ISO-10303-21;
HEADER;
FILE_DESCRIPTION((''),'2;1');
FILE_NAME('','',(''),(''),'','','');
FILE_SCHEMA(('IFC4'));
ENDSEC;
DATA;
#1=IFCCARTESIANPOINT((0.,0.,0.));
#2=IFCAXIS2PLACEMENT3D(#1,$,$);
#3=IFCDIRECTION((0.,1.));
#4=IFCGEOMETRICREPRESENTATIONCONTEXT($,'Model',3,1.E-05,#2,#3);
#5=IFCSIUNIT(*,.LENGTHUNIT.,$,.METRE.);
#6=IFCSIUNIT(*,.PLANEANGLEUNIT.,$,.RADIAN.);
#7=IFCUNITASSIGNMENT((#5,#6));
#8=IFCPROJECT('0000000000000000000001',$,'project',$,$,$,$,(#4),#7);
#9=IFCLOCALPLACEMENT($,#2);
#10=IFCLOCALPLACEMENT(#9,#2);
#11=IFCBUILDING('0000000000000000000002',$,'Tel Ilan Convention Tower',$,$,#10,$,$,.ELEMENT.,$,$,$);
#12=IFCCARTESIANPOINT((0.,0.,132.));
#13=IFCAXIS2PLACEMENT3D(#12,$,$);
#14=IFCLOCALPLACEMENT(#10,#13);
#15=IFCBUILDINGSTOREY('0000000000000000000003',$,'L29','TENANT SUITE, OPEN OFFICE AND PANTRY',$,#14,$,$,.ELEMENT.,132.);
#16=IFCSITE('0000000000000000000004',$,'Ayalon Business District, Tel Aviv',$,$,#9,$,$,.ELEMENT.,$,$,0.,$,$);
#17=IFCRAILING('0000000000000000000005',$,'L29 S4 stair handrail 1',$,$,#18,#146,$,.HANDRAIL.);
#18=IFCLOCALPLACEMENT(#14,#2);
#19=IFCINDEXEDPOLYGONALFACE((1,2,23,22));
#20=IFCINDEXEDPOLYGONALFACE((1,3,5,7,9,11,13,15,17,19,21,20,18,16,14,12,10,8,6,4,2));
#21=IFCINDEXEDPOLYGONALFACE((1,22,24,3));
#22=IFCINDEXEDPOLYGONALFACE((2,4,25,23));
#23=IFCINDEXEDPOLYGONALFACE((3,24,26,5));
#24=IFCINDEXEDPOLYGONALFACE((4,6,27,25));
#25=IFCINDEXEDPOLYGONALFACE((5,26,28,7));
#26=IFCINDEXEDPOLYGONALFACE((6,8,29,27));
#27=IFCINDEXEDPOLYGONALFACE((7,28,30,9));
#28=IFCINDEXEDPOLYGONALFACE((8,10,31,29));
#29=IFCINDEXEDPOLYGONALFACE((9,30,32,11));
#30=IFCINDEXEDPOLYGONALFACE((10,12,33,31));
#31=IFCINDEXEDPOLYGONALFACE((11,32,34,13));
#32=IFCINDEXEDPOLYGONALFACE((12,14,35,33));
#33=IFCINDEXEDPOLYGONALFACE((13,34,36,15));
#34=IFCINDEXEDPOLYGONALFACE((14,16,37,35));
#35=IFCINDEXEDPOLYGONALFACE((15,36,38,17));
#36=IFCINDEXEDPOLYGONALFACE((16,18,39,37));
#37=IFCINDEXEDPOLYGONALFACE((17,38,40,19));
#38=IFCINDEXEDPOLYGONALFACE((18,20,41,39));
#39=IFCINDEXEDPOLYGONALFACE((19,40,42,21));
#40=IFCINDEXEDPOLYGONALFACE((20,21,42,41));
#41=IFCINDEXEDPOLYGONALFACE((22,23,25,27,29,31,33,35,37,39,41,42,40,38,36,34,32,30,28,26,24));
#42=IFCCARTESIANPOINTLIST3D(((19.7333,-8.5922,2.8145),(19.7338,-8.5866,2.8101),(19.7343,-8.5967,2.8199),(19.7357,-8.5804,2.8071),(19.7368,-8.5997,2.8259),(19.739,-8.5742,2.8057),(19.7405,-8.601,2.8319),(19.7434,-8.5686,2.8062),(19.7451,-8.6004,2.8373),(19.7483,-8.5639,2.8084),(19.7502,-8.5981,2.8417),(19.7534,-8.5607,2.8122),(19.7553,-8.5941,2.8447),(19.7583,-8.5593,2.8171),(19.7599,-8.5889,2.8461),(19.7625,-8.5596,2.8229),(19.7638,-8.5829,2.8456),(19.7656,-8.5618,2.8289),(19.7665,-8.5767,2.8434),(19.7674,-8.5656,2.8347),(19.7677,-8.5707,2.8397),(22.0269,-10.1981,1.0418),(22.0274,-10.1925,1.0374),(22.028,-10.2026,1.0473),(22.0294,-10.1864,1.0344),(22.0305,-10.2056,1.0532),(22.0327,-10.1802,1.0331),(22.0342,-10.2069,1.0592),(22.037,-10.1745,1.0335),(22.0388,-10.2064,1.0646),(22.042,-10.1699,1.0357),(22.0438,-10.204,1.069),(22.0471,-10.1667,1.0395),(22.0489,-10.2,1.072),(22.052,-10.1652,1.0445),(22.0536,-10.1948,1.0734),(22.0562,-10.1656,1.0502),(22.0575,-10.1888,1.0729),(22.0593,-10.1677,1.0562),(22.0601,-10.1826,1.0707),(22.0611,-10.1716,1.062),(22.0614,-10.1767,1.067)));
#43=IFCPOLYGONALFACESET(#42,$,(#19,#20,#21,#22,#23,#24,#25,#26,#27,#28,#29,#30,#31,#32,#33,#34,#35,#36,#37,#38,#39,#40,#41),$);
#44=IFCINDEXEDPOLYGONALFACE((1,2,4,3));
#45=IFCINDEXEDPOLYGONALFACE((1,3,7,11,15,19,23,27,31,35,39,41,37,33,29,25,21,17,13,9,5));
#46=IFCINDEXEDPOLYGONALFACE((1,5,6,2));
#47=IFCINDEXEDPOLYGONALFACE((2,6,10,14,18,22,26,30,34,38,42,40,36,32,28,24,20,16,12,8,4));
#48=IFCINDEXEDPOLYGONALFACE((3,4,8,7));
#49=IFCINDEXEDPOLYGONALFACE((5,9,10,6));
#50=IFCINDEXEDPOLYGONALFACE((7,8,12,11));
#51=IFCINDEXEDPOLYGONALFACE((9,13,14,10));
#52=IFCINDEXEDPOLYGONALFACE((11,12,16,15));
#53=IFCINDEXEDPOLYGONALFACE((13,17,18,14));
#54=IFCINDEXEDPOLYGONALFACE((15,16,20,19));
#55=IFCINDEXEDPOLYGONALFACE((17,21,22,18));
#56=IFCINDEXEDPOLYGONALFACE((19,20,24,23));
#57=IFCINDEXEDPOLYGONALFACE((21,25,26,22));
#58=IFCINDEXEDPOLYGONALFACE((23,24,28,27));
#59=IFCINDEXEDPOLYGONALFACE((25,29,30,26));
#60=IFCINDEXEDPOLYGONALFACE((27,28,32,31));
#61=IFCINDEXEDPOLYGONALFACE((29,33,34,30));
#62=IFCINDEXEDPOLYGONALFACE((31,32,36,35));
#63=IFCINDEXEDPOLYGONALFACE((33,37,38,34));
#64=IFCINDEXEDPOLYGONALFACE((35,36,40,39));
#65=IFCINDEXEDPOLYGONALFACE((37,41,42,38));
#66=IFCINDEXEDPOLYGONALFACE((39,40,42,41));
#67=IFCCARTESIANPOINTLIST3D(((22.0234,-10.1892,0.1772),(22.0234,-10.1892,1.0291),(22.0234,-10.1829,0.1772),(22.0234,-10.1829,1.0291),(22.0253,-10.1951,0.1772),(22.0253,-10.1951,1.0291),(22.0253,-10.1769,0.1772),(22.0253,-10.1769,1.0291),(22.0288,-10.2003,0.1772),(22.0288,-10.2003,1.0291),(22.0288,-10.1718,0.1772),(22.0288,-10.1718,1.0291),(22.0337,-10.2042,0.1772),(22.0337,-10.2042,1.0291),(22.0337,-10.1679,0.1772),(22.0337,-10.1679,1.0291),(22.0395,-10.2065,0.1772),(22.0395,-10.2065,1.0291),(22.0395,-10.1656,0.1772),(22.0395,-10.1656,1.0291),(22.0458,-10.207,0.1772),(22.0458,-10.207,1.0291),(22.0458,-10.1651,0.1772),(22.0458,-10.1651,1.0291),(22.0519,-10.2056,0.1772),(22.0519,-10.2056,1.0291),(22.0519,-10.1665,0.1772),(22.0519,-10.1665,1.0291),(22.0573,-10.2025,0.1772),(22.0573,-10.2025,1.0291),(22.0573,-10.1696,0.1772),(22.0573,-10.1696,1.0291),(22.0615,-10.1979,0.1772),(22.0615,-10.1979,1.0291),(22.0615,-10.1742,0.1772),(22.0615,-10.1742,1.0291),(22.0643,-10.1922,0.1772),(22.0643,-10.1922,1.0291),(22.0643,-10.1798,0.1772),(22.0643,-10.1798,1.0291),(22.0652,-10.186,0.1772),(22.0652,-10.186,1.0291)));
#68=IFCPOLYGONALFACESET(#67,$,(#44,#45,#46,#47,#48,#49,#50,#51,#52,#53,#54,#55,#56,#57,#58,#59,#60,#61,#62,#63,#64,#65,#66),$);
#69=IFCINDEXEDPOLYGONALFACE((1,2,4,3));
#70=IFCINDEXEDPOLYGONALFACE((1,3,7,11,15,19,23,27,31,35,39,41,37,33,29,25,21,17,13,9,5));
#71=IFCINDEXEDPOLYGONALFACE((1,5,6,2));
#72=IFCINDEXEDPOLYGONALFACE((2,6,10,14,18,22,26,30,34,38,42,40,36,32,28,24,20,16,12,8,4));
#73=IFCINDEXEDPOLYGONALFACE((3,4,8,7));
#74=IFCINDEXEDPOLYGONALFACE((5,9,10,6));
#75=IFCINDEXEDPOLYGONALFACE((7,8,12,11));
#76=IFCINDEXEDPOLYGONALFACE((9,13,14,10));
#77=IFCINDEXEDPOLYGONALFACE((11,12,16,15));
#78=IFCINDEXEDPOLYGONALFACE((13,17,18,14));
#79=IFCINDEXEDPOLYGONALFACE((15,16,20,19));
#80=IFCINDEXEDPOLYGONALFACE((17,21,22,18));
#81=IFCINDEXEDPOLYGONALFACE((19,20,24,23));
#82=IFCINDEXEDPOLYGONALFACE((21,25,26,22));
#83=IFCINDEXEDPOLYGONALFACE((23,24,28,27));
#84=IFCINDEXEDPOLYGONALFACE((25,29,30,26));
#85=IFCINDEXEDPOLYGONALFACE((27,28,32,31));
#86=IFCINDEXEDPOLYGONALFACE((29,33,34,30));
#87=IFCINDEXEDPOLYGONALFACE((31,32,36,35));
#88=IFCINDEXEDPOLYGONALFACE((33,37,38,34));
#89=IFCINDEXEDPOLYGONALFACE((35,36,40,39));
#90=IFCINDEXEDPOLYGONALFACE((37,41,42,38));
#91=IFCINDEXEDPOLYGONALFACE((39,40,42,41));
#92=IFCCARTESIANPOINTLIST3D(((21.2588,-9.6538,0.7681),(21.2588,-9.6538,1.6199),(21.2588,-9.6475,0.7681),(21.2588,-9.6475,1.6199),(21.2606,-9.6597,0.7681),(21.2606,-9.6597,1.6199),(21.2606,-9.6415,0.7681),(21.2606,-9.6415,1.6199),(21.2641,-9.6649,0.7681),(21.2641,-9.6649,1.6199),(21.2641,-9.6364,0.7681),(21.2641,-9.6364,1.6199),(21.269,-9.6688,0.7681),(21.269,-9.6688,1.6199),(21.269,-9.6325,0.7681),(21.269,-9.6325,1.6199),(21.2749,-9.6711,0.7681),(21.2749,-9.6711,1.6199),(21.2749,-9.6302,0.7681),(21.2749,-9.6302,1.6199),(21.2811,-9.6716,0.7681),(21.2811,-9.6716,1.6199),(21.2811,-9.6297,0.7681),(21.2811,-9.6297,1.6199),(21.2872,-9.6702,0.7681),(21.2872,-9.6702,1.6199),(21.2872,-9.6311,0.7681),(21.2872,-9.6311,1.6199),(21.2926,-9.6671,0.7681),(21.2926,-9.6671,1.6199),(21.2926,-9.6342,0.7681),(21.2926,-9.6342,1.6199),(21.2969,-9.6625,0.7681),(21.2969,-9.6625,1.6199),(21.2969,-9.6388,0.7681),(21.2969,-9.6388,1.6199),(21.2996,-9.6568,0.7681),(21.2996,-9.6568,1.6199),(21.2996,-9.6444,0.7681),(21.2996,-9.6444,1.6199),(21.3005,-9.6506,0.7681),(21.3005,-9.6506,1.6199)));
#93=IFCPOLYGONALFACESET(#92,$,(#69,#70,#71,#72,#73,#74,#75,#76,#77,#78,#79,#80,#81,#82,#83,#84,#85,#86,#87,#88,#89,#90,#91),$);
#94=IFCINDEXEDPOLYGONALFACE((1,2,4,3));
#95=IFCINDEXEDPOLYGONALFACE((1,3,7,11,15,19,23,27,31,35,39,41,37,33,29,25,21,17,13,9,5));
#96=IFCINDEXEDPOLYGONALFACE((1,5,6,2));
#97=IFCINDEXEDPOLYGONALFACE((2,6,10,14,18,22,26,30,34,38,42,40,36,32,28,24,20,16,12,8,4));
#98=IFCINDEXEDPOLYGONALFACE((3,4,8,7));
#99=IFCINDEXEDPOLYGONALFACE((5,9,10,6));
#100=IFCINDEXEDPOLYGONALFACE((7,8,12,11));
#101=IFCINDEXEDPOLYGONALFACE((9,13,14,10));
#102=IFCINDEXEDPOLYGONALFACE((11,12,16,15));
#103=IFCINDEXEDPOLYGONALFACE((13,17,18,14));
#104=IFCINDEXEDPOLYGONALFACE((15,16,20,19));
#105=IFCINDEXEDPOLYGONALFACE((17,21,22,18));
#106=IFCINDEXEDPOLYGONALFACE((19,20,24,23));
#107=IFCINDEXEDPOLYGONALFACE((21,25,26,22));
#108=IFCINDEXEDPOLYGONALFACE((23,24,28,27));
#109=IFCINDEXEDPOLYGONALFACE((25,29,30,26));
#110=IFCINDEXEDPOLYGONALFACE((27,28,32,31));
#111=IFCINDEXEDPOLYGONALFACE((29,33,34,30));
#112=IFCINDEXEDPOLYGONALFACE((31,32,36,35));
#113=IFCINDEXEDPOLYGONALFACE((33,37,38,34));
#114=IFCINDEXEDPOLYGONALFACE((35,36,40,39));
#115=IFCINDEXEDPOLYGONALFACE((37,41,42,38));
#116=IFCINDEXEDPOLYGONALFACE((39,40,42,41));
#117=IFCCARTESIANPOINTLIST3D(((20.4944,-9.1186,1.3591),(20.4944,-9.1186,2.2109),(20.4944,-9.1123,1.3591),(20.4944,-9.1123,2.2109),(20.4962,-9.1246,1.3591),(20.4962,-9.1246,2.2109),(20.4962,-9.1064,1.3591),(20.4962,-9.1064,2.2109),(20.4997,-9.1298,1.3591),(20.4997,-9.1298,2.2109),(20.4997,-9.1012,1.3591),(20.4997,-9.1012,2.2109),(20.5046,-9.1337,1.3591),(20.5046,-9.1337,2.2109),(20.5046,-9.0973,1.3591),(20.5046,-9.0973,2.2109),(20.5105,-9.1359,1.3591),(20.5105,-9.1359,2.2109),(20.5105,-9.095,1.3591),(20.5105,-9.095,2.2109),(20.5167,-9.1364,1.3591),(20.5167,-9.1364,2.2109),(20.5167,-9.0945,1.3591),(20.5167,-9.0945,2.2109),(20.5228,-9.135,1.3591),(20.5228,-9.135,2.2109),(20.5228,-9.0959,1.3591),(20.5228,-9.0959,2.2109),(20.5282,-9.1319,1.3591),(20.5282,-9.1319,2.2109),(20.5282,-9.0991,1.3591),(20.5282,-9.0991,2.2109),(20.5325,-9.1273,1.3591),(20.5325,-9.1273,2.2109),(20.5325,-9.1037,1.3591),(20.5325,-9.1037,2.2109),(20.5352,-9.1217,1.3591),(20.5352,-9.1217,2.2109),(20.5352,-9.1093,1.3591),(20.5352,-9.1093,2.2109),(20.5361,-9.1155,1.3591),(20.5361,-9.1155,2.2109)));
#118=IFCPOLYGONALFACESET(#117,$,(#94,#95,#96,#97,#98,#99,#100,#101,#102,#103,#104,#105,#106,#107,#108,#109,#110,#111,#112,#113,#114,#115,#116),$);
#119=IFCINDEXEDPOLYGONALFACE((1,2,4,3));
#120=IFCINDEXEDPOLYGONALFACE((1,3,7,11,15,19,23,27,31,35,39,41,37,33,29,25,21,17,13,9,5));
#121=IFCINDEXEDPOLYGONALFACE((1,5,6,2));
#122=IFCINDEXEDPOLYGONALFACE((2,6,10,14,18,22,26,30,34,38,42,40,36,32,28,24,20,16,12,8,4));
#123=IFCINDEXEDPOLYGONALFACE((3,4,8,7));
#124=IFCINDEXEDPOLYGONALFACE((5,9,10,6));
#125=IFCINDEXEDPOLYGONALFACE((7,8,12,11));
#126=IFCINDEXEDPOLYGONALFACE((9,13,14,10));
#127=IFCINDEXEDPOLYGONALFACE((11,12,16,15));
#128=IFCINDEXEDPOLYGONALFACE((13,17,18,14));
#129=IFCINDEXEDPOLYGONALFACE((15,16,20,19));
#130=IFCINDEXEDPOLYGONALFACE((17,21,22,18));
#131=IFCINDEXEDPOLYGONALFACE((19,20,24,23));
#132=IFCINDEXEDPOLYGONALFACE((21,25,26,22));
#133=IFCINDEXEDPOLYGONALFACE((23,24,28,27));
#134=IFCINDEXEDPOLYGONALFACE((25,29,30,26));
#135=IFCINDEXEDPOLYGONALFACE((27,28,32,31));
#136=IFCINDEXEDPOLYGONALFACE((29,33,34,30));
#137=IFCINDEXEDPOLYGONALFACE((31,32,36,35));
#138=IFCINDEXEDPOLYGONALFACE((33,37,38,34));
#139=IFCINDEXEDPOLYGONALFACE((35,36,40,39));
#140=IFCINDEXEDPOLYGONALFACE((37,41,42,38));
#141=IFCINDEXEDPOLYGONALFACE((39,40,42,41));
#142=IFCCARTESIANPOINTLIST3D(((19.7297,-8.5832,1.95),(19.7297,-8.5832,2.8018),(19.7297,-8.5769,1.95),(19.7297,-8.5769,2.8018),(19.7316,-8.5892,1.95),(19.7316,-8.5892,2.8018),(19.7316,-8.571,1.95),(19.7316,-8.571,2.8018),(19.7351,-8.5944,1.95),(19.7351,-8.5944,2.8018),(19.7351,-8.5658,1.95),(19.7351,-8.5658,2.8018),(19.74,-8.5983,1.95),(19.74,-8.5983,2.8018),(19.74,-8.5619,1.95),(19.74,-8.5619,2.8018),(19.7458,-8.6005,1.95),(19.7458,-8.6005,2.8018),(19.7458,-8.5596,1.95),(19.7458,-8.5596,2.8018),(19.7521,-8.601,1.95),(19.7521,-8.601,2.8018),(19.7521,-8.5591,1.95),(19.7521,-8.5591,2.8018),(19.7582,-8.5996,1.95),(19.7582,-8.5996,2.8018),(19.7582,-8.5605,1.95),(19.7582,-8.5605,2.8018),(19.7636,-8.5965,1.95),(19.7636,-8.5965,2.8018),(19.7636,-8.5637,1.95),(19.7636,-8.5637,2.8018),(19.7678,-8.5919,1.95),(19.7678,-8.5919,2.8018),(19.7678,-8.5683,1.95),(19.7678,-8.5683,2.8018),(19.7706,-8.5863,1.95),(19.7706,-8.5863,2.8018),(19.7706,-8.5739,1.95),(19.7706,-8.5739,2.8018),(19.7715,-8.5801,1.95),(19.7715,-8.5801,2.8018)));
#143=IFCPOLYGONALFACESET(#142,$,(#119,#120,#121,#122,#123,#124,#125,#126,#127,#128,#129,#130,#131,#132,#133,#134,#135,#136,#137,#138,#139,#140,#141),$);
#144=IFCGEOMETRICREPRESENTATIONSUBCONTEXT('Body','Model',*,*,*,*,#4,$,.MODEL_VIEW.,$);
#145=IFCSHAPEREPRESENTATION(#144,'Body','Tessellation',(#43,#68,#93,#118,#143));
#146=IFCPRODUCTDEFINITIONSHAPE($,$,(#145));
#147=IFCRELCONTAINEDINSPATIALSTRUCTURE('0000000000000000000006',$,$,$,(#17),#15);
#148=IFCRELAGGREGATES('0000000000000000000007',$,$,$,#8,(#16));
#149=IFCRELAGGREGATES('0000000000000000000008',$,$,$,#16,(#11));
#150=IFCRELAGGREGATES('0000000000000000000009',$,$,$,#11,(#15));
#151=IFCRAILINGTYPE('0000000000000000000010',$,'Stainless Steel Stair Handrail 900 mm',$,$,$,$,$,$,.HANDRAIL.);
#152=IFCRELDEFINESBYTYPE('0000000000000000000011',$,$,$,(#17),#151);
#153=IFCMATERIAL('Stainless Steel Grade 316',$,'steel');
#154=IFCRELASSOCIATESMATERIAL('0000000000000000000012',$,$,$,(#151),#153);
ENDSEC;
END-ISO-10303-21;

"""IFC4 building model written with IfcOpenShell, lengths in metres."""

from ifc_helpers import new_model, si_unit, direction, frame, origin, origin_2d, place, context, subcontext, project, spatial, circle, extrude, material, type_object, element, save


model = new_model("IFC4")

# Units and contexts
model_context = context("Model", 3, precision=1e-05, world=origin(), true_north=direction((0.0, 1.0)))
body_context = subcontext(model_context, "Body", "Model", "MODEL_VIEW")
ifc_project = project(units=[si_unit("LENGTHUNIT", "METRE"), si_unit("PLANEANGLEUNIT", "RADIAN")], contexts=[model_context])

# Site, building, storey
site_placement = place(None, origin())
site = spatial("IfcSite", under=ifc_project, at=site_placement, Name="Ayalon Business District, Tel Aviv", CompositionType="ELEMENT", RefElevation=0.0)
building_placement = place(site_placement, origin())
building = spatial("IfcBuilding", under=site, at=building_placement, Name="Tel Ilan Convention Tower", CompositionType="ELEMENT")
storey_placement = place(building_placement, frame((0.0, 0.0, 132.0)))
storey = spatial("IfcBuildingStorey", under=building, at=storey_placement, Name="L29", Description="TENANT SUITE, OPEN OFFICE AND PANTRY", CompositionType="ELEMENT", Elevation=132.0)

# Railing
ifc_material_1 = material(Name="Stainless Steel Grade 316", Category="steel")
railing_type_1 = type_object("IfcRailingType", Name="Stainless Steel Stair Handrail 900 mm", PredefinedType="HANDRAIL", material=ifc_material_1)
railing_1_placement = place(storey_placement, frame((22.0442, -10.186, 0.1772)))
element("IfcRailing", 1, at=railing_1_placement, inside=storey, type_object=railing_type_1, Name="L29 S4 stair handrail 1", PredefinedType="HANDRAIL", context=body_context, shape_type="SweptSolid", body=[
    extrude(circle(Radius=0.0239, at=origin_2d()), frame((0.0, 0.0, 0.876), z_axis=(-0.692123, 0.484597, 0.534913), x_axis=(-0.57355, -0.81917, 0.0)), (0.0, 0.0, 1.0), 3.314),
    extrude(circle(Radius=0.021, at=origin_2d()), origin(), (0.0, 0.0, 1.0), 0.8518),
    extrude(circle(Radius=0.021, at=origin_2d()), frame((-0.7646, 0.5354, 0.5908)), (0.0, 0.0, 1.0), 0.8518),
    extrude(circle(Radius=0.021, at=origin_2d()), frame((-1.5291, 1.0706, 1.1819)), (0.0, 0.0, 1.0), 0.8518),
    extrude(circle(Radius=0.021, at=origin_2d()), frame((-2.2937, 1.606, 1.7727)), (0.0, 0.0, 1.0), 0.8518),
])

save(model, "model.ifc")
